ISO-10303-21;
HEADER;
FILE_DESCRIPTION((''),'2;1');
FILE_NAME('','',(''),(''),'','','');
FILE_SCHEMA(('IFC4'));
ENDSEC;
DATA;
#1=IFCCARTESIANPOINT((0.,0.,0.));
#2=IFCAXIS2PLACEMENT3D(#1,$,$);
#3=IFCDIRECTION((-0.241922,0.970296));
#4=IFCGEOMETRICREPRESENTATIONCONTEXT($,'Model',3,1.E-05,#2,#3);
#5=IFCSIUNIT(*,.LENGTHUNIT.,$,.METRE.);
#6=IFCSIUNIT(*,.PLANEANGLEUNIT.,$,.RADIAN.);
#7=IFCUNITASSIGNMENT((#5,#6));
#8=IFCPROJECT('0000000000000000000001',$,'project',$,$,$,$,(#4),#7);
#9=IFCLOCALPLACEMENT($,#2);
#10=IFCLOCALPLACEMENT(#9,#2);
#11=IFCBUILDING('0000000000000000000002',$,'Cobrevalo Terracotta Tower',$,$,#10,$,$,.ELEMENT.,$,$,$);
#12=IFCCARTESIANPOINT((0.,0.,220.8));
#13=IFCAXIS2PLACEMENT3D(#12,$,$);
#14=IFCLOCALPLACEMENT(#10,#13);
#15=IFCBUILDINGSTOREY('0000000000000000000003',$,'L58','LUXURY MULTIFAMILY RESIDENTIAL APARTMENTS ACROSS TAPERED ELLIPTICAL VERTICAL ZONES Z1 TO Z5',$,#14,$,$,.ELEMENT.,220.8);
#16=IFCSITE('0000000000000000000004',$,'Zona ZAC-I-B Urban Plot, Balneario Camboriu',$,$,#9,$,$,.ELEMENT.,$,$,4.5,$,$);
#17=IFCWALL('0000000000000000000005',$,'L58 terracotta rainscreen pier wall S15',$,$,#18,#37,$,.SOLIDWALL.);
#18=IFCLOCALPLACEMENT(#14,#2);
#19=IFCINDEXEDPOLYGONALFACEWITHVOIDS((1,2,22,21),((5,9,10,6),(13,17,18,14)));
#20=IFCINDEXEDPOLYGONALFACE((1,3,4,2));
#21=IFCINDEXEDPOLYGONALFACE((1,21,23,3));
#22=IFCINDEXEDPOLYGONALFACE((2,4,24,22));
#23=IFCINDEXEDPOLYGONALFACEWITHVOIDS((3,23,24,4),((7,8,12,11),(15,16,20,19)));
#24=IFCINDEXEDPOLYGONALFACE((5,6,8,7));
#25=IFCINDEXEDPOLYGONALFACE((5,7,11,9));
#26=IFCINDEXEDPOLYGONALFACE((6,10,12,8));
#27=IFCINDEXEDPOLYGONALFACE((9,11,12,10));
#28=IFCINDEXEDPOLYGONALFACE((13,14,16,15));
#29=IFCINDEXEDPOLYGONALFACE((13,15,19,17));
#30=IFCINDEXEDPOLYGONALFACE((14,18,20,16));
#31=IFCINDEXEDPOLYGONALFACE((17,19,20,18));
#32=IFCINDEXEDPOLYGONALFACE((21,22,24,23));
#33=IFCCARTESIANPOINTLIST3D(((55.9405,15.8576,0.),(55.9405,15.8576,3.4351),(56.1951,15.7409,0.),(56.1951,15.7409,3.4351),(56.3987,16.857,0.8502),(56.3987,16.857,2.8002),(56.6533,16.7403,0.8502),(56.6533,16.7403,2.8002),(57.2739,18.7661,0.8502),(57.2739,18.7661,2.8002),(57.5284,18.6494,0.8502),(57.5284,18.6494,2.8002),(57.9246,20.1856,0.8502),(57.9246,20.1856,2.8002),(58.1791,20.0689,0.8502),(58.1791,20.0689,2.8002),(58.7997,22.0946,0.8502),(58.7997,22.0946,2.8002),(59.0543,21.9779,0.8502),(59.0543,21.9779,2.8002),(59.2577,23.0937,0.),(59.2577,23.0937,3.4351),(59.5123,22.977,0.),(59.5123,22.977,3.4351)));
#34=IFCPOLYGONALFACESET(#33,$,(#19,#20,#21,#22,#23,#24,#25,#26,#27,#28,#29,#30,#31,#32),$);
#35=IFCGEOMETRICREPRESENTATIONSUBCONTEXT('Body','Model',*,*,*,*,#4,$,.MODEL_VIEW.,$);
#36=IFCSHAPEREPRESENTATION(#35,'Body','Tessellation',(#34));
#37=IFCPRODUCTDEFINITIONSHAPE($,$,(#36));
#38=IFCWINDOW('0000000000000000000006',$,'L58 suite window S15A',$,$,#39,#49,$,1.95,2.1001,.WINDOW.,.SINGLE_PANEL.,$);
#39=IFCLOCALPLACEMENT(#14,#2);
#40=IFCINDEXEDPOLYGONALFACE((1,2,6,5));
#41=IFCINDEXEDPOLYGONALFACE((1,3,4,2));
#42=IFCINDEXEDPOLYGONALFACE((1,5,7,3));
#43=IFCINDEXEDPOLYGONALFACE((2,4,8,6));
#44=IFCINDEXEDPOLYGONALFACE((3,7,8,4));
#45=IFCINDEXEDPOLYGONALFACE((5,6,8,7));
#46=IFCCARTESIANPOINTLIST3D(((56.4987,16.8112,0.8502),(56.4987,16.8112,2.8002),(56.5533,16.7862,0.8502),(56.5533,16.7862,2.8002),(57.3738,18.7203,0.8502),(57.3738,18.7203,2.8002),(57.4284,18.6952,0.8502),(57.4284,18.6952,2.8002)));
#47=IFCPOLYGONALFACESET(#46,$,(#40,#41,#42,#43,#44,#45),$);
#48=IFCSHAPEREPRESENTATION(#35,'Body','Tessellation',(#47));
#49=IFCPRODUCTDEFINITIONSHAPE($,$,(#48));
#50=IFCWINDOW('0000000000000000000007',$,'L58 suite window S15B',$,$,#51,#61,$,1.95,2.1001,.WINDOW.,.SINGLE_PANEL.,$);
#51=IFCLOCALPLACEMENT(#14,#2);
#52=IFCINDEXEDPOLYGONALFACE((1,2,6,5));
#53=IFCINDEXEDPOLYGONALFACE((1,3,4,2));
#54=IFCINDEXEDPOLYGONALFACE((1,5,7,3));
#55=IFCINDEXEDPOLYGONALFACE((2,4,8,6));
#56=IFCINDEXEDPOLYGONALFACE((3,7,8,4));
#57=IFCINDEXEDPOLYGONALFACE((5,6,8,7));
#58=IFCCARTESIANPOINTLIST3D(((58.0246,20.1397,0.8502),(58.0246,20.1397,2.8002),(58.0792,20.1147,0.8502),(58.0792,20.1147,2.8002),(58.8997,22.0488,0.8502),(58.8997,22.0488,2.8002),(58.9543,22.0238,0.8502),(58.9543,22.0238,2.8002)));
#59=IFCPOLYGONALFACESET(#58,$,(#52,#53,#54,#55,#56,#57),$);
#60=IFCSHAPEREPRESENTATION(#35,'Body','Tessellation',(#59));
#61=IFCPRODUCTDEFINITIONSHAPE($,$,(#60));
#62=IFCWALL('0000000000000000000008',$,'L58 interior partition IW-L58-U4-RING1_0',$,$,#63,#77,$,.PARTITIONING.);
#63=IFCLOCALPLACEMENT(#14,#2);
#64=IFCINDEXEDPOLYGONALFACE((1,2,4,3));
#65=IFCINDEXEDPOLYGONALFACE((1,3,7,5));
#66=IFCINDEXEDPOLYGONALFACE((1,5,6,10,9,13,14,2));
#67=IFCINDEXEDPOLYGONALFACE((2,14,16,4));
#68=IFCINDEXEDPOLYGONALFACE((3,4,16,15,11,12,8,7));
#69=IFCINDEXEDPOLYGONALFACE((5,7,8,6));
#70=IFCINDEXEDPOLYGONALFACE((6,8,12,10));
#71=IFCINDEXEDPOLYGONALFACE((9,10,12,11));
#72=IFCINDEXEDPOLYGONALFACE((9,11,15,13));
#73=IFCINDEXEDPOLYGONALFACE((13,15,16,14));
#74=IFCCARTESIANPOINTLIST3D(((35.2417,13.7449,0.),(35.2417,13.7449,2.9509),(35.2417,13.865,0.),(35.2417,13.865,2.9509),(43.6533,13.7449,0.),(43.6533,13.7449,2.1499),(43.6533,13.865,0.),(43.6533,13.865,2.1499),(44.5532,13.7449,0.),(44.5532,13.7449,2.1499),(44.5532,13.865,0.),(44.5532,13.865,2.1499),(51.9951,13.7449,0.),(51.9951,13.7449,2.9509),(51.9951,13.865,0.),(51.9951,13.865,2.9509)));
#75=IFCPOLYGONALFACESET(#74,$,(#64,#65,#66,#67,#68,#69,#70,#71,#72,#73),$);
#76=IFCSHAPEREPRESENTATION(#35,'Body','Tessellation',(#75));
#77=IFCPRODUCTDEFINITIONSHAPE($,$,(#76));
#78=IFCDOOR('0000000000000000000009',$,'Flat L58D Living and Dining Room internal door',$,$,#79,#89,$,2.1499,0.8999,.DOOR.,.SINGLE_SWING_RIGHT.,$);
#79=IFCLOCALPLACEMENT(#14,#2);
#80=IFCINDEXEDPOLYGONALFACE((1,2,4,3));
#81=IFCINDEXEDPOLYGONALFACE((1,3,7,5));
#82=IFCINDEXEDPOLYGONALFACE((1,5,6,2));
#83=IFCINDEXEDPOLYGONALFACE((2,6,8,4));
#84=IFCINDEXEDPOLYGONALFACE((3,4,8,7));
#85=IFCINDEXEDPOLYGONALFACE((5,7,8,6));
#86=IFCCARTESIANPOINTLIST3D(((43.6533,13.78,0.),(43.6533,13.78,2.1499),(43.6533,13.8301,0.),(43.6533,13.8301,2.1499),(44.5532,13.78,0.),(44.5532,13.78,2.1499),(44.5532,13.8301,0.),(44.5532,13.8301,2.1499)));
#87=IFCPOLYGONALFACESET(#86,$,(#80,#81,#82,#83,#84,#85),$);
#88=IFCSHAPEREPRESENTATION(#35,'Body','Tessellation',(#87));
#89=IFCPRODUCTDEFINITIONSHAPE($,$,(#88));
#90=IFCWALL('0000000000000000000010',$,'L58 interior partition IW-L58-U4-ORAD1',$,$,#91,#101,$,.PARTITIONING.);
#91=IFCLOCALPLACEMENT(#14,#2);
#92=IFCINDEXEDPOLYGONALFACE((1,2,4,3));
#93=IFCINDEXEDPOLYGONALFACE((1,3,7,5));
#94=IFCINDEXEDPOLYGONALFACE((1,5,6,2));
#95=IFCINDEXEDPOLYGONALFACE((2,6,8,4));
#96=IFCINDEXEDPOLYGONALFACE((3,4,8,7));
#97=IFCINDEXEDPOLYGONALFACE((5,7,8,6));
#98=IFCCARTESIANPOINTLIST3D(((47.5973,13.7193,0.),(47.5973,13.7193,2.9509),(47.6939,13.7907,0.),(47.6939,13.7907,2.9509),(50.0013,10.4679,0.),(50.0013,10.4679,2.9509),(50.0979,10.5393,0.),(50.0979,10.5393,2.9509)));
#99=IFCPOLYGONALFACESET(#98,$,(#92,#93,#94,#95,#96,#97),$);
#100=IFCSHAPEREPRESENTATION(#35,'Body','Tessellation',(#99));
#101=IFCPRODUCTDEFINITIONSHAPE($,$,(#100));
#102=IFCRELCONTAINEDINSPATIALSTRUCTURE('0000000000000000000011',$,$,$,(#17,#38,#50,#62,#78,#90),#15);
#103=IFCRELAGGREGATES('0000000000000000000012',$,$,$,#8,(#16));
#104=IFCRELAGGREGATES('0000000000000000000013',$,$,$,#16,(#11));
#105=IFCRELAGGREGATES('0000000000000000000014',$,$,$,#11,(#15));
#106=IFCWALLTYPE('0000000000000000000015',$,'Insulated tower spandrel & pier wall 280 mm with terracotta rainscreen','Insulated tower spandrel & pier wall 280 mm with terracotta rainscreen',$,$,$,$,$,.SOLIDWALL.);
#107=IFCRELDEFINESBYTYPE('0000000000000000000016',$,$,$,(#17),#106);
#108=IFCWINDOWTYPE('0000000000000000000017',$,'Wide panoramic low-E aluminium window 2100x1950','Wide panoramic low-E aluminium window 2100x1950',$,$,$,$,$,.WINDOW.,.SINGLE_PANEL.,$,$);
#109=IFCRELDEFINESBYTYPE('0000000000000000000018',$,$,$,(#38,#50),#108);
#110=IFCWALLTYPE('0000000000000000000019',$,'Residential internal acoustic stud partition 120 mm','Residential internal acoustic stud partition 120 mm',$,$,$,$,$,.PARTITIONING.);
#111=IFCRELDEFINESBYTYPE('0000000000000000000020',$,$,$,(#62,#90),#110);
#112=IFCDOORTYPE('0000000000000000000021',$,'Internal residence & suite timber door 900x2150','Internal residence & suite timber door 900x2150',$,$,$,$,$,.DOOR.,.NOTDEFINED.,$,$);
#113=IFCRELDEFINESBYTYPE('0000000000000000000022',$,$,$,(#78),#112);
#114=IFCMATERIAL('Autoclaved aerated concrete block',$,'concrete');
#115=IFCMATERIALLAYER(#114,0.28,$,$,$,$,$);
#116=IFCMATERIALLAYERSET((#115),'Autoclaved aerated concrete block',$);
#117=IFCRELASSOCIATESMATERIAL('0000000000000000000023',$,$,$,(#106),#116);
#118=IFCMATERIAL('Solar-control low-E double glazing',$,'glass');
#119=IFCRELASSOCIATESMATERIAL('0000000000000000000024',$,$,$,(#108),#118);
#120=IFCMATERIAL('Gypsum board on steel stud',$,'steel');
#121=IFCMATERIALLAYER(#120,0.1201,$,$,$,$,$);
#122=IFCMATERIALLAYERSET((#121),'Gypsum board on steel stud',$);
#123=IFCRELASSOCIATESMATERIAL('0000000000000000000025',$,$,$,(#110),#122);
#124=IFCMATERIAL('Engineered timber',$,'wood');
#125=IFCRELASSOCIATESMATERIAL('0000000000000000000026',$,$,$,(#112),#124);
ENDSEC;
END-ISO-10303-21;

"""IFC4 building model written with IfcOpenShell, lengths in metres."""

from ifc_helpers import new_model, si_unit, direction, frame, frame_2d, origin, place, context, subcontext, project, spatial, rectangle, extrude, source, transform, mapped, material, layer, layer_set, type_object, element, fill, save


model = new_model("IFC4")

# Units and contexts
model_context = context("Model", 3, precision=1e-05, world=origin(), true_north=direction((-0.241922, 0.970296)))
body_context = subcontext(model_context, "Body", "Model", "MODEL_VIEW")
ifc_project = project(units=[si_unit("LENGTHUNIT", "METRE"), si_unit("PLANEANGLEUNIT", "RADIAN")], contexts=[model_context])

# Site, building, storey
site_placement = place(None, origin())
site = spatial("IfcSite", under=ifc_project, at=site_placement, Name="Zona ZAC-I-B Urban Plot, Balneario Camboriu", CompositionType="ELEMENT", RefElevation=4.5)
building_placement = place(site_placement, origin())
building = spatial("IfcBuilding", under=site, at=building_placement, Name="Cobrevalo Terracotta Tower", CompositionType="ELEMENT")
storey_placement = place(building_placement, frame((0.0, 0.0, 220.8)))
storey = spatial("IfcBuildingStorey", under=building, at=storey_placement, Name="L58", Description="LUXURY MULTIFAMILY RESIDENTIAL APARTMENTS ACROSS TAPERED ELLIPTICAL VERTICAL ZONES Z1 TO Z5", CompositionType="ELEMENT", Elevation=220.8)

# Shared definitions
ifc_material_1 = material(Name="Solar-control low-E double glazing", Category="glass")

# Wall, openings, windows
ifc_material_2 = material(Name="Autoclaved aerated concrete block", Category="concrete")
ifc_layer_1 = layer(ifc_material_2, 0.28)
ifc_layer_set_1 = layer_set([ifc_layer_1], Name="Autoclaved aerated concrete block")
wall_type_1 = type_object("IfcWallType", Name="Insulated tower spandrel & pier wall 280 mm with terracotta rainscreen", Description="Insulated tower spandrel & pier wall 280 mm with terracotta rainscreen", PredefinedType="SOLIDWALL", material=ifc_layer_set_1)
wall_1_placement = place(storey_placement, frame((56.0679, 15.7993, 0.0), z_axis=(0.0, 0.0, 1.0), x_axis=(0.416717, 0.909036, 0.0)))
wall_1 = element("IfcWall", 1, at=wall_1_placement, inside=storey, type_object=wall_type_1, Name="L58 terracotta rainscreen pier wall S15", PredefinedType="SOLIDWALL", context=body_context, shape_type="SweptSolid", body=[
    extrude(rectangle(XDim=7.9602, YDim=0.28, at=frame_2d((3.98, 0.0))), origin(), (0.0, 0.0, 1.0), 3.4351),
])
opening_1_placement = place(wall_1_placement, frame((1.0994, 0.0, 0.8501)))
opening_1 = element("IfcOpeningElement", 2, at=opening_1_placement, cuts=wall_1, PredefinedType="OPENING", context=body_context, shape_type="SweptSolid", body=[
    extrude(rectangle(XDim=2.1001, YDim=1.95, at=frame_2d((1.05, 0.9751))), frame((0.0, 0.1499, 0.0), z_axis=(0.0, -1.0, 0.0), x_axis=(1.0, 0.0, 0.0)), (0.0, 0.0, 1.0), 0.3),
])
opening_2_placement = place(wall_1_placement, frame((4.761, 0.0, 0.8501)))
opening_2 = element("IfcOpeningElement", 3, at=opening_2_placement, cuts=wall_1, PredefinedType="OPENING", context=body_context, shape_type="SweptSolid", body=[
    extrude(rectangle(XDim=2.1001, YDim=1.95, at=frame_2d((1.05, 0.9751))), frame((0.0, 0.1499, 0.0), z_axis=(0.0, -1.0, 0.0), x_axis=(1.0, 0.0, 0.0)), (0.0, 0.0, 1.0), 0.3),
])
window_type = type_object("IfcWindowType", Name="Wide panoramic low-E aluminium window 2100x1950", Description="Wide panoramic low-E aluminium window 2100x1950", PartitioningType="SINGLE_PANEL", PredefinedType="WINDOW", material=ifc_material_1)
shared_shape_1 = source(origin(), body_context, "Body", "SweptSolid", [
    extrude(rectangle(XDim=2.1001, YDim=1.95, at=frame_2d((1.05, 0.9751))), frame((0.0, 0.03, 0.0), z_axis=(0.0, -1.0, 0.0), x_axis=(1.0, 0.0, 0.0)), (0.0, 0.0, 1.0), 0.0601),
])
window_1_placement = place(opening_1_placement, origin())
window_1 = element("IfcWindow", 4, at=window_1_placement, inside=storey, type_object=window_type, Name="L58 suite window S15A", OverallHeight=1.95, OverallWidth=2.1001, PartitioningType="SINGLE_PANEL", PredefinedType="WINDOW", context=body_context, shape_type="MappedRepresentation", body=[
    mapped(shared_shape_1, transform((0.0, 0.0, 0.0), scale=1.0)),
])
fill(opening_1, window_1)
window_2_placement = place(opening_2_placement, origin())
window_2 = element("IfcWindow", 5, at=window_2_placement, inside=storey, type_object=window_type, Name="L58 suite window S15B", OverallHeight=1.95, OverallWidth=2.1001, PartitioningType="SINGLE_PANEL", PredefinedType="WINDOW", context=body_context, shape_type="MappedRepresentation", body=[
    mapped(shared_shape_1, transform((0.0, 0.0, 0.0), scale=1.0)),
])
fill(opening_2, window_2)

# Wall, opening, door
ifc_material_3 = material(Name="Gypsum board on steel stud", Category="steel")
ifc_layer_2 = layer(ifc_material_3, 0.1201)
ifc_layer_set_2 = layer_set([ifc_layer_2], Name="Gypsum board on steel stud")
wall_type_2 = type_object("IfcWallType", Name="Residential internal acoustic stud partition 120 mm", Description="Residential internal acoustic stud partition 120 mm", PredefinedType="PARTITIONING", material=ifc_layer_set_2)
wall_2_placement = place(storey_placement, frame((51.9951, 13.8049, 0.0), z_axis=(0.0, 0.0, 1.0), x_axis=(-1.0, 0.0, 0.0)))
wall_2 = element("IfcWall", 6, at=wall_2_placement, inside=storey, type_object=wall_type_2, Name="L58 interior partition IW-L58-U4-RING1_0", PredefinedType="PARTITIONING", context=body_context, shape_type="SweptSolid", body=[
    extrude(rectangle(XDim=16.7534, YDim=0.1201, at=frame_2d((8.3767, 0.0))), origin(), (0.0, 0.0, 1.0), 2.9509),
])
opening_3_placement = place(wall_2_placement, frame((7.4419, 0.0, 0.0)))
opening_3 = element("IfcOpeningElement", 7, at=opening_3_placement, cuts=wall_2, PredefinedType="OPENING", context=body_context, shape_type="SweptSolid", body=[
    extrude(rectangle(XDim=0.8999, YDim=2.1499, at=frame_2d((0.45, 1.075))), frame((0.0, 0.0701, 0.0), z_axis=(0.0, -1.0, 0.0), x_axis=(1.0, 0.0, 0.0)), (0.0, 0.0, 1.0), 0.1401),
])
ifc_material_4 = material(Name="Engineered timber", Category="wood")
door_type = type_object("IfcDoorType", Name="Internal residence & suite timber door 900x2150", Description="Internal residence & suite timber door 900x2150", OperationType="NOTDEFINED", PredefinedType="DOOR", material=ifc_material_4)
shared_shape_2 = source(origin(), body_context, "Body", "SweptSolid", [
    extrude(rectangle(XDim=0.8999, YDim=2.1499, at=frame_2d((0.45, 1.075))), frame((0.0, 0.0249, 0.0), z_axis=(0.0, -1.0, 0.0), x_axis=(1.0, 0.0, 0.0)), (0.0, 0.0, 1.0), 0.05),
])
door_1_placement = place(opening_3_placement, origin())
door_1 = element("IfcDoor", 8, at=door_1_placement, inside=storey, type_object=door_type, Name="Flat L58D Living and Dining Room internal door", OperationType="SINGLE_SWING_RIGHT", OverallHeight=2.1499, OverallWidth=0.8999, PredefinedType="DOOR", context=body_context, shape_type="MappedRepresentation", body=[
    mapped(shared_shape_2, transform((0.0, 0.0, 0.0), scale=1.0)),
])
fill(opening_3, door_1)

# Wall
wall_3_placement = place(storey_placement, frame((47.6455, 13.7551, 0.0), z_axis=(0.0, 0.0, 1.0), x_axis=(0.594518, -0.804082, 0.0)))
element("IfcWall", 9, at=wall_3_placement, inside=storey, type_object=wall_type_2, Name="L58 interior partition IW-L58-U4-ORAD1", PredefinedType="PARTITIONING", context=body_context, shape_type="SweptSolid", body=[
    extrude(rectangle(XDim=4.0437, YDim=0.1201, at=frame_2d((2.022, 0.0))), origin(), (0.0, 0.0, 1.0), 2.9509),
])

save(model, "model.ifc")
